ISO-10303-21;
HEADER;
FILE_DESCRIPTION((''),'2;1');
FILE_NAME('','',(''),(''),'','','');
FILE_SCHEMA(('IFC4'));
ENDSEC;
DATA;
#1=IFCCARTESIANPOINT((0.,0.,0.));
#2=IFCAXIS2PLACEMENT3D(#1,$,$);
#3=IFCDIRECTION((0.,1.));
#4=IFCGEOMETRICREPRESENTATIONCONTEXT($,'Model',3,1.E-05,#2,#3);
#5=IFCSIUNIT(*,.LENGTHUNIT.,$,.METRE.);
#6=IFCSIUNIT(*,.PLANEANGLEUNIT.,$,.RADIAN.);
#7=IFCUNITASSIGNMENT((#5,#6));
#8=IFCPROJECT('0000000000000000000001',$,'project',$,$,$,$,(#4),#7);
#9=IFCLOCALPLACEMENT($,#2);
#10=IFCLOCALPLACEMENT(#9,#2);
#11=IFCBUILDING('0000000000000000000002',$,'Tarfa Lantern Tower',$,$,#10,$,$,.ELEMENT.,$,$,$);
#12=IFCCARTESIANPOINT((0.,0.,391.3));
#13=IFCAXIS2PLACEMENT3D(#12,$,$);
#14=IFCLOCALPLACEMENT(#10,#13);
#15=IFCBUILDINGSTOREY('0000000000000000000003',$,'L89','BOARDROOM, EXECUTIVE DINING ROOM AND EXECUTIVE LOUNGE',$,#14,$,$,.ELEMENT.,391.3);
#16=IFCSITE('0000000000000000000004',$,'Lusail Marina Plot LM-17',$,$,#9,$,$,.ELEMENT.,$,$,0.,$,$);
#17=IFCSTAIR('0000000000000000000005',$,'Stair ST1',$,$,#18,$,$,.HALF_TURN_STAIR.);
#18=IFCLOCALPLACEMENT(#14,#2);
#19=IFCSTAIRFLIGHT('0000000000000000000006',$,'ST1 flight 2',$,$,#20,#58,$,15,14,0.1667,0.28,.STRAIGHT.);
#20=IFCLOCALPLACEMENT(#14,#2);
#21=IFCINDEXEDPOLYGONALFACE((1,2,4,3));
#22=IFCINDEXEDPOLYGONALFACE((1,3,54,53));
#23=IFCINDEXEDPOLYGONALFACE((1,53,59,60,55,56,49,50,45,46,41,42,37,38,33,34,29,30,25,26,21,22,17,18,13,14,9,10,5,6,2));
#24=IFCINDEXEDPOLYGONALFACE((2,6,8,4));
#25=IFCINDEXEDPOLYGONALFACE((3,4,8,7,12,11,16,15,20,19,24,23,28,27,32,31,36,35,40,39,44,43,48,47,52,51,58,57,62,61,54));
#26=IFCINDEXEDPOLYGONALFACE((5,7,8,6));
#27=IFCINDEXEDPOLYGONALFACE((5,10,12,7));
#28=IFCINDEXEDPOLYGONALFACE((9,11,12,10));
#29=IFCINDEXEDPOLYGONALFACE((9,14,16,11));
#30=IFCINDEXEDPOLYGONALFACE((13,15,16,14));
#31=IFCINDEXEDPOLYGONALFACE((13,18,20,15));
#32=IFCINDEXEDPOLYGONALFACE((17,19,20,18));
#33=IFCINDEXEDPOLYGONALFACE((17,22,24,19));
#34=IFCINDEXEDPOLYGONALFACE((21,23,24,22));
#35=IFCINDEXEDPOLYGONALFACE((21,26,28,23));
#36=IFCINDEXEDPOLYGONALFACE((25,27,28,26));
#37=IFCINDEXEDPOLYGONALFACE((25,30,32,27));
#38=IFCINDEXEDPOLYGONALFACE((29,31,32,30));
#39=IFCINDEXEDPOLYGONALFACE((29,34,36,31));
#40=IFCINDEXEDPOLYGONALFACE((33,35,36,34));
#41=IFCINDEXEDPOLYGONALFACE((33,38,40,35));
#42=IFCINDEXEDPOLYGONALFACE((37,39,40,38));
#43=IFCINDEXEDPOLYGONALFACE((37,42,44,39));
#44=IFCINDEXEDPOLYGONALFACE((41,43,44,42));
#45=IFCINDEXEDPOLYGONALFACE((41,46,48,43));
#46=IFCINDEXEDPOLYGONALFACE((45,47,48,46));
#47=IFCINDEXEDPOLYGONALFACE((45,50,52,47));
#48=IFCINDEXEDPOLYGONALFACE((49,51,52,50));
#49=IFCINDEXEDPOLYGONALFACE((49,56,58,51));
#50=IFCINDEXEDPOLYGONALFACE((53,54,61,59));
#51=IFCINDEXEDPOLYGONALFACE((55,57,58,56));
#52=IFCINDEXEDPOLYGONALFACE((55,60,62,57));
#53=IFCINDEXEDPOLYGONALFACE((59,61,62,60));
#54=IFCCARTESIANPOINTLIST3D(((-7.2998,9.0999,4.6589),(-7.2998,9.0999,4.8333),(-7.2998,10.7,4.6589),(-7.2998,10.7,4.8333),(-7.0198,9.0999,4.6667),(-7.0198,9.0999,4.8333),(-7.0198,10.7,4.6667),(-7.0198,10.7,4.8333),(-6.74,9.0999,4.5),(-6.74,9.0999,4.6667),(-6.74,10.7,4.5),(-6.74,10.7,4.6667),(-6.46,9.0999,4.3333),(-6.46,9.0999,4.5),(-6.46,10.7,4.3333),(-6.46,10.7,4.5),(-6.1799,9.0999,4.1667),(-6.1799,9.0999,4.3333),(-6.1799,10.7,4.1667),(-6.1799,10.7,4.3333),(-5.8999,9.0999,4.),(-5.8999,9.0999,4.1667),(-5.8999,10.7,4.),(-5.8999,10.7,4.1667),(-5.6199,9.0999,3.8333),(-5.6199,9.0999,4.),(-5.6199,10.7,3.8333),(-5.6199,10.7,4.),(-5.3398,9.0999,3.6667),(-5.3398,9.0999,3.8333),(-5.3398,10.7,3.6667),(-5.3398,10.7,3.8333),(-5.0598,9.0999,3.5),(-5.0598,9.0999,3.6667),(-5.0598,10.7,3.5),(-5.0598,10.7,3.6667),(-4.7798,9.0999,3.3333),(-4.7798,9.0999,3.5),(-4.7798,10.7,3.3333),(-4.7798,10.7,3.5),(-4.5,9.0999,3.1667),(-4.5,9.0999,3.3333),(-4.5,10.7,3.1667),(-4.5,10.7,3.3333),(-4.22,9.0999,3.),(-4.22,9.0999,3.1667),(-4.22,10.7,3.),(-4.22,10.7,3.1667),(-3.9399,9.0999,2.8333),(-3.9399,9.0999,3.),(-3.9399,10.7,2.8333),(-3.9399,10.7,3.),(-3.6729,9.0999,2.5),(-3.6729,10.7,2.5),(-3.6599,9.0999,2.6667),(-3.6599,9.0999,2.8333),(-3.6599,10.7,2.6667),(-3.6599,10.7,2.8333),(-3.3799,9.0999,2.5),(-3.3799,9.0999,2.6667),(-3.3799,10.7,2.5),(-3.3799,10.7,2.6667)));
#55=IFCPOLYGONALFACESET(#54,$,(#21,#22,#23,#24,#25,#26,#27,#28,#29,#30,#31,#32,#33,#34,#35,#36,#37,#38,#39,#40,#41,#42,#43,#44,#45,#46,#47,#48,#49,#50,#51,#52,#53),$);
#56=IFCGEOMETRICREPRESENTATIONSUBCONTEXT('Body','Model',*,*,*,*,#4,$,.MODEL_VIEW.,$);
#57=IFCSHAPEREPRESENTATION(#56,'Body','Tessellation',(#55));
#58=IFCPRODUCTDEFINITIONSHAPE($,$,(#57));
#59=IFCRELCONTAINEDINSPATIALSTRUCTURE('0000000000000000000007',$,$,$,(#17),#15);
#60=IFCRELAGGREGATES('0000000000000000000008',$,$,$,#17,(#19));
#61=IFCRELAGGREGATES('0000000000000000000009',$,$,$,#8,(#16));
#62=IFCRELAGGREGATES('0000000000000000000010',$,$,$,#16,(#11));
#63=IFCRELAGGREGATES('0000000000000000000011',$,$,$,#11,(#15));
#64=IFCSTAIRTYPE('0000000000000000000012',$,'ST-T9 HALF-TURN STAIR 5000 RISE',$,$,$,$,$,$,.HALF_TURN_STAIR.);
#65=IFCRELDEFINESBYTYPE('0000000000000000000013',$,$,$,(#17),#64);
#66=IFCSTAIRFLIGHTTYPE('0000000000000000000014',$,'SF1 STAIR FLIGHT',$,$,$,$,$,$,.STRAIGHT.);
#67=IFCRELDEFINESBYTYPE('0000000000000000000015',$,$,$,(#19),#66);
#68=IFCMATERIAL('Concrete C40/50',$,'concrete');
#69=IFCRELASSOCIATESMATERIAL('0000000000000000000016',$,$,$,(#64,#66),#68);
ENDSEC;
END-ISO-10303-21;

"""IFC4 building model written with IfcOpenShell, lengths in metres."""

from ifc_helpers import new_model, si_unit, direction, frame, origin, place, context, subcontext, project, spatial, polyline, outline, extrude, material, type_object, element, aggregate, save


model = new_model("IFC4")

# Units and contexts
model_context = context("Model", 3, precision=1e-05, world=origin(), true_north=direction((0.0, 1.0)))
body_context = subcontext(model_context, "Body", "Model", "MODEL_VIEW")
ifc_project = project(units=[si_unit("LENGTHUNIT", "METRE"), si_unit("PLANEANGLEUNIT", "RADIAN")], contexts=[model_context])

# Site, building, storey
site_placement = place(None, origin())
site = spatial("IfcSite", under=ifc_project, at=site_placement, Name="Lusail Marina Plot LM-17", CompositionType="ELEMENT", RefElevation=0.0)
building_placement = place(site_placement, origin())
building = spatial("IfcBuilding", under=site, at=building_placement, Name="Tarfa Lantern Tower", CompositionType="ELEMENT")
storey_placement = place(building_placement, frame((0.0, 0.0, 391.3)))
storey = spatial("IfcBuildingStorey", under=building, at=storey_placement, Name="L89", Description="BOARDROOM, EXECUTIVE DINING ROOM AND EXECUTIVE LOUNGE", CompositionType="ELEMENT", Elevation=391.3)

# Stair, stair flight
ifc_material_1 = material(Name="Concrete C40/50", Category="concrete")
stair_type = type_object("IfcStairType", Name="ST-T9 HALF-TURN STAIR 5000 RISE", PredefinedType="HALF_TURN_STAIR", material=ifc_material_1)
stair_placement = place(storey_placement, origin())
stair = element("IfcStair", 1, at=stair_placement, inside=storey, type_object=stair_type, Name="Stair ST1", PredefinedType="HALF_TURN_STAIR")
stair_flight_type = type_object("IfcStairFlightType", Name="SF1 STAIR FLIGHT", PredefinedType="STRAIGHT", material=ifc_material_1)
stair_flight_1_placement = place(storey_placement, frame((-3.3799, 9.8999, 2.5), z_axis=(0.0, 0.0, 1.0), x_axis=(-1.0, 0.0, 0.0)))
stair_flight_1 = element("IfcStairFlight", 2, at=stair_flight_1_placement, type_object=stair_flight_type, Name="ST1 flight 2", NumberOfRisers=15, NumberOfTreads=14, PredefinedType="STRAIGHT", RiserHeight=0.1667, TreadLength=0.28, context=body_context, shape_type="SweptSolid", body=[
    extrude(outline(polyline([(0.0, 0.0), (0.0, 0.1667), (0.28, 0.1667), (0.28, 0.3333), (0.5601, 0.3333), (0.5601, 0.5), (0.8401, 0.5), (0.8401, 0.6667), (1.1201, 0.6667), (1.1201, 0.8333), (1.3999, 0.8333), (1.3999, 1.0), (1.6799, 1.0), (1.6799, 1.1667), (1.96, 1.1667), (1.96, 1.3333), (2.24, 1.3333), (2.24, 1.5), (2.52, 1.5), (2.52, 1.6667), (2.8, 1.6667), (2.8, 1.8333), (3.0801, 1.8333), (3.0801, 2.0), (3.3601, 2.0), (3.3601, 2.1667), (3.6399, 2.1667), (3.6399, 2.3333), (3.9199, 2.3333), (3.9199, 2.5), (3.9199, 2.1589), (0.293, 0.0), (0.0, 0.0)])), frame((0.0, 0.8, 0.0), z_axis=(0.0, -1.0, 0.0), x_axis=(1.0, 0.0, 0.0)), (0.0, 0.0, 1.0), 1.6001),
])
aggregate(stair, [stair_flight_1])

save(model, "model.ifc")
